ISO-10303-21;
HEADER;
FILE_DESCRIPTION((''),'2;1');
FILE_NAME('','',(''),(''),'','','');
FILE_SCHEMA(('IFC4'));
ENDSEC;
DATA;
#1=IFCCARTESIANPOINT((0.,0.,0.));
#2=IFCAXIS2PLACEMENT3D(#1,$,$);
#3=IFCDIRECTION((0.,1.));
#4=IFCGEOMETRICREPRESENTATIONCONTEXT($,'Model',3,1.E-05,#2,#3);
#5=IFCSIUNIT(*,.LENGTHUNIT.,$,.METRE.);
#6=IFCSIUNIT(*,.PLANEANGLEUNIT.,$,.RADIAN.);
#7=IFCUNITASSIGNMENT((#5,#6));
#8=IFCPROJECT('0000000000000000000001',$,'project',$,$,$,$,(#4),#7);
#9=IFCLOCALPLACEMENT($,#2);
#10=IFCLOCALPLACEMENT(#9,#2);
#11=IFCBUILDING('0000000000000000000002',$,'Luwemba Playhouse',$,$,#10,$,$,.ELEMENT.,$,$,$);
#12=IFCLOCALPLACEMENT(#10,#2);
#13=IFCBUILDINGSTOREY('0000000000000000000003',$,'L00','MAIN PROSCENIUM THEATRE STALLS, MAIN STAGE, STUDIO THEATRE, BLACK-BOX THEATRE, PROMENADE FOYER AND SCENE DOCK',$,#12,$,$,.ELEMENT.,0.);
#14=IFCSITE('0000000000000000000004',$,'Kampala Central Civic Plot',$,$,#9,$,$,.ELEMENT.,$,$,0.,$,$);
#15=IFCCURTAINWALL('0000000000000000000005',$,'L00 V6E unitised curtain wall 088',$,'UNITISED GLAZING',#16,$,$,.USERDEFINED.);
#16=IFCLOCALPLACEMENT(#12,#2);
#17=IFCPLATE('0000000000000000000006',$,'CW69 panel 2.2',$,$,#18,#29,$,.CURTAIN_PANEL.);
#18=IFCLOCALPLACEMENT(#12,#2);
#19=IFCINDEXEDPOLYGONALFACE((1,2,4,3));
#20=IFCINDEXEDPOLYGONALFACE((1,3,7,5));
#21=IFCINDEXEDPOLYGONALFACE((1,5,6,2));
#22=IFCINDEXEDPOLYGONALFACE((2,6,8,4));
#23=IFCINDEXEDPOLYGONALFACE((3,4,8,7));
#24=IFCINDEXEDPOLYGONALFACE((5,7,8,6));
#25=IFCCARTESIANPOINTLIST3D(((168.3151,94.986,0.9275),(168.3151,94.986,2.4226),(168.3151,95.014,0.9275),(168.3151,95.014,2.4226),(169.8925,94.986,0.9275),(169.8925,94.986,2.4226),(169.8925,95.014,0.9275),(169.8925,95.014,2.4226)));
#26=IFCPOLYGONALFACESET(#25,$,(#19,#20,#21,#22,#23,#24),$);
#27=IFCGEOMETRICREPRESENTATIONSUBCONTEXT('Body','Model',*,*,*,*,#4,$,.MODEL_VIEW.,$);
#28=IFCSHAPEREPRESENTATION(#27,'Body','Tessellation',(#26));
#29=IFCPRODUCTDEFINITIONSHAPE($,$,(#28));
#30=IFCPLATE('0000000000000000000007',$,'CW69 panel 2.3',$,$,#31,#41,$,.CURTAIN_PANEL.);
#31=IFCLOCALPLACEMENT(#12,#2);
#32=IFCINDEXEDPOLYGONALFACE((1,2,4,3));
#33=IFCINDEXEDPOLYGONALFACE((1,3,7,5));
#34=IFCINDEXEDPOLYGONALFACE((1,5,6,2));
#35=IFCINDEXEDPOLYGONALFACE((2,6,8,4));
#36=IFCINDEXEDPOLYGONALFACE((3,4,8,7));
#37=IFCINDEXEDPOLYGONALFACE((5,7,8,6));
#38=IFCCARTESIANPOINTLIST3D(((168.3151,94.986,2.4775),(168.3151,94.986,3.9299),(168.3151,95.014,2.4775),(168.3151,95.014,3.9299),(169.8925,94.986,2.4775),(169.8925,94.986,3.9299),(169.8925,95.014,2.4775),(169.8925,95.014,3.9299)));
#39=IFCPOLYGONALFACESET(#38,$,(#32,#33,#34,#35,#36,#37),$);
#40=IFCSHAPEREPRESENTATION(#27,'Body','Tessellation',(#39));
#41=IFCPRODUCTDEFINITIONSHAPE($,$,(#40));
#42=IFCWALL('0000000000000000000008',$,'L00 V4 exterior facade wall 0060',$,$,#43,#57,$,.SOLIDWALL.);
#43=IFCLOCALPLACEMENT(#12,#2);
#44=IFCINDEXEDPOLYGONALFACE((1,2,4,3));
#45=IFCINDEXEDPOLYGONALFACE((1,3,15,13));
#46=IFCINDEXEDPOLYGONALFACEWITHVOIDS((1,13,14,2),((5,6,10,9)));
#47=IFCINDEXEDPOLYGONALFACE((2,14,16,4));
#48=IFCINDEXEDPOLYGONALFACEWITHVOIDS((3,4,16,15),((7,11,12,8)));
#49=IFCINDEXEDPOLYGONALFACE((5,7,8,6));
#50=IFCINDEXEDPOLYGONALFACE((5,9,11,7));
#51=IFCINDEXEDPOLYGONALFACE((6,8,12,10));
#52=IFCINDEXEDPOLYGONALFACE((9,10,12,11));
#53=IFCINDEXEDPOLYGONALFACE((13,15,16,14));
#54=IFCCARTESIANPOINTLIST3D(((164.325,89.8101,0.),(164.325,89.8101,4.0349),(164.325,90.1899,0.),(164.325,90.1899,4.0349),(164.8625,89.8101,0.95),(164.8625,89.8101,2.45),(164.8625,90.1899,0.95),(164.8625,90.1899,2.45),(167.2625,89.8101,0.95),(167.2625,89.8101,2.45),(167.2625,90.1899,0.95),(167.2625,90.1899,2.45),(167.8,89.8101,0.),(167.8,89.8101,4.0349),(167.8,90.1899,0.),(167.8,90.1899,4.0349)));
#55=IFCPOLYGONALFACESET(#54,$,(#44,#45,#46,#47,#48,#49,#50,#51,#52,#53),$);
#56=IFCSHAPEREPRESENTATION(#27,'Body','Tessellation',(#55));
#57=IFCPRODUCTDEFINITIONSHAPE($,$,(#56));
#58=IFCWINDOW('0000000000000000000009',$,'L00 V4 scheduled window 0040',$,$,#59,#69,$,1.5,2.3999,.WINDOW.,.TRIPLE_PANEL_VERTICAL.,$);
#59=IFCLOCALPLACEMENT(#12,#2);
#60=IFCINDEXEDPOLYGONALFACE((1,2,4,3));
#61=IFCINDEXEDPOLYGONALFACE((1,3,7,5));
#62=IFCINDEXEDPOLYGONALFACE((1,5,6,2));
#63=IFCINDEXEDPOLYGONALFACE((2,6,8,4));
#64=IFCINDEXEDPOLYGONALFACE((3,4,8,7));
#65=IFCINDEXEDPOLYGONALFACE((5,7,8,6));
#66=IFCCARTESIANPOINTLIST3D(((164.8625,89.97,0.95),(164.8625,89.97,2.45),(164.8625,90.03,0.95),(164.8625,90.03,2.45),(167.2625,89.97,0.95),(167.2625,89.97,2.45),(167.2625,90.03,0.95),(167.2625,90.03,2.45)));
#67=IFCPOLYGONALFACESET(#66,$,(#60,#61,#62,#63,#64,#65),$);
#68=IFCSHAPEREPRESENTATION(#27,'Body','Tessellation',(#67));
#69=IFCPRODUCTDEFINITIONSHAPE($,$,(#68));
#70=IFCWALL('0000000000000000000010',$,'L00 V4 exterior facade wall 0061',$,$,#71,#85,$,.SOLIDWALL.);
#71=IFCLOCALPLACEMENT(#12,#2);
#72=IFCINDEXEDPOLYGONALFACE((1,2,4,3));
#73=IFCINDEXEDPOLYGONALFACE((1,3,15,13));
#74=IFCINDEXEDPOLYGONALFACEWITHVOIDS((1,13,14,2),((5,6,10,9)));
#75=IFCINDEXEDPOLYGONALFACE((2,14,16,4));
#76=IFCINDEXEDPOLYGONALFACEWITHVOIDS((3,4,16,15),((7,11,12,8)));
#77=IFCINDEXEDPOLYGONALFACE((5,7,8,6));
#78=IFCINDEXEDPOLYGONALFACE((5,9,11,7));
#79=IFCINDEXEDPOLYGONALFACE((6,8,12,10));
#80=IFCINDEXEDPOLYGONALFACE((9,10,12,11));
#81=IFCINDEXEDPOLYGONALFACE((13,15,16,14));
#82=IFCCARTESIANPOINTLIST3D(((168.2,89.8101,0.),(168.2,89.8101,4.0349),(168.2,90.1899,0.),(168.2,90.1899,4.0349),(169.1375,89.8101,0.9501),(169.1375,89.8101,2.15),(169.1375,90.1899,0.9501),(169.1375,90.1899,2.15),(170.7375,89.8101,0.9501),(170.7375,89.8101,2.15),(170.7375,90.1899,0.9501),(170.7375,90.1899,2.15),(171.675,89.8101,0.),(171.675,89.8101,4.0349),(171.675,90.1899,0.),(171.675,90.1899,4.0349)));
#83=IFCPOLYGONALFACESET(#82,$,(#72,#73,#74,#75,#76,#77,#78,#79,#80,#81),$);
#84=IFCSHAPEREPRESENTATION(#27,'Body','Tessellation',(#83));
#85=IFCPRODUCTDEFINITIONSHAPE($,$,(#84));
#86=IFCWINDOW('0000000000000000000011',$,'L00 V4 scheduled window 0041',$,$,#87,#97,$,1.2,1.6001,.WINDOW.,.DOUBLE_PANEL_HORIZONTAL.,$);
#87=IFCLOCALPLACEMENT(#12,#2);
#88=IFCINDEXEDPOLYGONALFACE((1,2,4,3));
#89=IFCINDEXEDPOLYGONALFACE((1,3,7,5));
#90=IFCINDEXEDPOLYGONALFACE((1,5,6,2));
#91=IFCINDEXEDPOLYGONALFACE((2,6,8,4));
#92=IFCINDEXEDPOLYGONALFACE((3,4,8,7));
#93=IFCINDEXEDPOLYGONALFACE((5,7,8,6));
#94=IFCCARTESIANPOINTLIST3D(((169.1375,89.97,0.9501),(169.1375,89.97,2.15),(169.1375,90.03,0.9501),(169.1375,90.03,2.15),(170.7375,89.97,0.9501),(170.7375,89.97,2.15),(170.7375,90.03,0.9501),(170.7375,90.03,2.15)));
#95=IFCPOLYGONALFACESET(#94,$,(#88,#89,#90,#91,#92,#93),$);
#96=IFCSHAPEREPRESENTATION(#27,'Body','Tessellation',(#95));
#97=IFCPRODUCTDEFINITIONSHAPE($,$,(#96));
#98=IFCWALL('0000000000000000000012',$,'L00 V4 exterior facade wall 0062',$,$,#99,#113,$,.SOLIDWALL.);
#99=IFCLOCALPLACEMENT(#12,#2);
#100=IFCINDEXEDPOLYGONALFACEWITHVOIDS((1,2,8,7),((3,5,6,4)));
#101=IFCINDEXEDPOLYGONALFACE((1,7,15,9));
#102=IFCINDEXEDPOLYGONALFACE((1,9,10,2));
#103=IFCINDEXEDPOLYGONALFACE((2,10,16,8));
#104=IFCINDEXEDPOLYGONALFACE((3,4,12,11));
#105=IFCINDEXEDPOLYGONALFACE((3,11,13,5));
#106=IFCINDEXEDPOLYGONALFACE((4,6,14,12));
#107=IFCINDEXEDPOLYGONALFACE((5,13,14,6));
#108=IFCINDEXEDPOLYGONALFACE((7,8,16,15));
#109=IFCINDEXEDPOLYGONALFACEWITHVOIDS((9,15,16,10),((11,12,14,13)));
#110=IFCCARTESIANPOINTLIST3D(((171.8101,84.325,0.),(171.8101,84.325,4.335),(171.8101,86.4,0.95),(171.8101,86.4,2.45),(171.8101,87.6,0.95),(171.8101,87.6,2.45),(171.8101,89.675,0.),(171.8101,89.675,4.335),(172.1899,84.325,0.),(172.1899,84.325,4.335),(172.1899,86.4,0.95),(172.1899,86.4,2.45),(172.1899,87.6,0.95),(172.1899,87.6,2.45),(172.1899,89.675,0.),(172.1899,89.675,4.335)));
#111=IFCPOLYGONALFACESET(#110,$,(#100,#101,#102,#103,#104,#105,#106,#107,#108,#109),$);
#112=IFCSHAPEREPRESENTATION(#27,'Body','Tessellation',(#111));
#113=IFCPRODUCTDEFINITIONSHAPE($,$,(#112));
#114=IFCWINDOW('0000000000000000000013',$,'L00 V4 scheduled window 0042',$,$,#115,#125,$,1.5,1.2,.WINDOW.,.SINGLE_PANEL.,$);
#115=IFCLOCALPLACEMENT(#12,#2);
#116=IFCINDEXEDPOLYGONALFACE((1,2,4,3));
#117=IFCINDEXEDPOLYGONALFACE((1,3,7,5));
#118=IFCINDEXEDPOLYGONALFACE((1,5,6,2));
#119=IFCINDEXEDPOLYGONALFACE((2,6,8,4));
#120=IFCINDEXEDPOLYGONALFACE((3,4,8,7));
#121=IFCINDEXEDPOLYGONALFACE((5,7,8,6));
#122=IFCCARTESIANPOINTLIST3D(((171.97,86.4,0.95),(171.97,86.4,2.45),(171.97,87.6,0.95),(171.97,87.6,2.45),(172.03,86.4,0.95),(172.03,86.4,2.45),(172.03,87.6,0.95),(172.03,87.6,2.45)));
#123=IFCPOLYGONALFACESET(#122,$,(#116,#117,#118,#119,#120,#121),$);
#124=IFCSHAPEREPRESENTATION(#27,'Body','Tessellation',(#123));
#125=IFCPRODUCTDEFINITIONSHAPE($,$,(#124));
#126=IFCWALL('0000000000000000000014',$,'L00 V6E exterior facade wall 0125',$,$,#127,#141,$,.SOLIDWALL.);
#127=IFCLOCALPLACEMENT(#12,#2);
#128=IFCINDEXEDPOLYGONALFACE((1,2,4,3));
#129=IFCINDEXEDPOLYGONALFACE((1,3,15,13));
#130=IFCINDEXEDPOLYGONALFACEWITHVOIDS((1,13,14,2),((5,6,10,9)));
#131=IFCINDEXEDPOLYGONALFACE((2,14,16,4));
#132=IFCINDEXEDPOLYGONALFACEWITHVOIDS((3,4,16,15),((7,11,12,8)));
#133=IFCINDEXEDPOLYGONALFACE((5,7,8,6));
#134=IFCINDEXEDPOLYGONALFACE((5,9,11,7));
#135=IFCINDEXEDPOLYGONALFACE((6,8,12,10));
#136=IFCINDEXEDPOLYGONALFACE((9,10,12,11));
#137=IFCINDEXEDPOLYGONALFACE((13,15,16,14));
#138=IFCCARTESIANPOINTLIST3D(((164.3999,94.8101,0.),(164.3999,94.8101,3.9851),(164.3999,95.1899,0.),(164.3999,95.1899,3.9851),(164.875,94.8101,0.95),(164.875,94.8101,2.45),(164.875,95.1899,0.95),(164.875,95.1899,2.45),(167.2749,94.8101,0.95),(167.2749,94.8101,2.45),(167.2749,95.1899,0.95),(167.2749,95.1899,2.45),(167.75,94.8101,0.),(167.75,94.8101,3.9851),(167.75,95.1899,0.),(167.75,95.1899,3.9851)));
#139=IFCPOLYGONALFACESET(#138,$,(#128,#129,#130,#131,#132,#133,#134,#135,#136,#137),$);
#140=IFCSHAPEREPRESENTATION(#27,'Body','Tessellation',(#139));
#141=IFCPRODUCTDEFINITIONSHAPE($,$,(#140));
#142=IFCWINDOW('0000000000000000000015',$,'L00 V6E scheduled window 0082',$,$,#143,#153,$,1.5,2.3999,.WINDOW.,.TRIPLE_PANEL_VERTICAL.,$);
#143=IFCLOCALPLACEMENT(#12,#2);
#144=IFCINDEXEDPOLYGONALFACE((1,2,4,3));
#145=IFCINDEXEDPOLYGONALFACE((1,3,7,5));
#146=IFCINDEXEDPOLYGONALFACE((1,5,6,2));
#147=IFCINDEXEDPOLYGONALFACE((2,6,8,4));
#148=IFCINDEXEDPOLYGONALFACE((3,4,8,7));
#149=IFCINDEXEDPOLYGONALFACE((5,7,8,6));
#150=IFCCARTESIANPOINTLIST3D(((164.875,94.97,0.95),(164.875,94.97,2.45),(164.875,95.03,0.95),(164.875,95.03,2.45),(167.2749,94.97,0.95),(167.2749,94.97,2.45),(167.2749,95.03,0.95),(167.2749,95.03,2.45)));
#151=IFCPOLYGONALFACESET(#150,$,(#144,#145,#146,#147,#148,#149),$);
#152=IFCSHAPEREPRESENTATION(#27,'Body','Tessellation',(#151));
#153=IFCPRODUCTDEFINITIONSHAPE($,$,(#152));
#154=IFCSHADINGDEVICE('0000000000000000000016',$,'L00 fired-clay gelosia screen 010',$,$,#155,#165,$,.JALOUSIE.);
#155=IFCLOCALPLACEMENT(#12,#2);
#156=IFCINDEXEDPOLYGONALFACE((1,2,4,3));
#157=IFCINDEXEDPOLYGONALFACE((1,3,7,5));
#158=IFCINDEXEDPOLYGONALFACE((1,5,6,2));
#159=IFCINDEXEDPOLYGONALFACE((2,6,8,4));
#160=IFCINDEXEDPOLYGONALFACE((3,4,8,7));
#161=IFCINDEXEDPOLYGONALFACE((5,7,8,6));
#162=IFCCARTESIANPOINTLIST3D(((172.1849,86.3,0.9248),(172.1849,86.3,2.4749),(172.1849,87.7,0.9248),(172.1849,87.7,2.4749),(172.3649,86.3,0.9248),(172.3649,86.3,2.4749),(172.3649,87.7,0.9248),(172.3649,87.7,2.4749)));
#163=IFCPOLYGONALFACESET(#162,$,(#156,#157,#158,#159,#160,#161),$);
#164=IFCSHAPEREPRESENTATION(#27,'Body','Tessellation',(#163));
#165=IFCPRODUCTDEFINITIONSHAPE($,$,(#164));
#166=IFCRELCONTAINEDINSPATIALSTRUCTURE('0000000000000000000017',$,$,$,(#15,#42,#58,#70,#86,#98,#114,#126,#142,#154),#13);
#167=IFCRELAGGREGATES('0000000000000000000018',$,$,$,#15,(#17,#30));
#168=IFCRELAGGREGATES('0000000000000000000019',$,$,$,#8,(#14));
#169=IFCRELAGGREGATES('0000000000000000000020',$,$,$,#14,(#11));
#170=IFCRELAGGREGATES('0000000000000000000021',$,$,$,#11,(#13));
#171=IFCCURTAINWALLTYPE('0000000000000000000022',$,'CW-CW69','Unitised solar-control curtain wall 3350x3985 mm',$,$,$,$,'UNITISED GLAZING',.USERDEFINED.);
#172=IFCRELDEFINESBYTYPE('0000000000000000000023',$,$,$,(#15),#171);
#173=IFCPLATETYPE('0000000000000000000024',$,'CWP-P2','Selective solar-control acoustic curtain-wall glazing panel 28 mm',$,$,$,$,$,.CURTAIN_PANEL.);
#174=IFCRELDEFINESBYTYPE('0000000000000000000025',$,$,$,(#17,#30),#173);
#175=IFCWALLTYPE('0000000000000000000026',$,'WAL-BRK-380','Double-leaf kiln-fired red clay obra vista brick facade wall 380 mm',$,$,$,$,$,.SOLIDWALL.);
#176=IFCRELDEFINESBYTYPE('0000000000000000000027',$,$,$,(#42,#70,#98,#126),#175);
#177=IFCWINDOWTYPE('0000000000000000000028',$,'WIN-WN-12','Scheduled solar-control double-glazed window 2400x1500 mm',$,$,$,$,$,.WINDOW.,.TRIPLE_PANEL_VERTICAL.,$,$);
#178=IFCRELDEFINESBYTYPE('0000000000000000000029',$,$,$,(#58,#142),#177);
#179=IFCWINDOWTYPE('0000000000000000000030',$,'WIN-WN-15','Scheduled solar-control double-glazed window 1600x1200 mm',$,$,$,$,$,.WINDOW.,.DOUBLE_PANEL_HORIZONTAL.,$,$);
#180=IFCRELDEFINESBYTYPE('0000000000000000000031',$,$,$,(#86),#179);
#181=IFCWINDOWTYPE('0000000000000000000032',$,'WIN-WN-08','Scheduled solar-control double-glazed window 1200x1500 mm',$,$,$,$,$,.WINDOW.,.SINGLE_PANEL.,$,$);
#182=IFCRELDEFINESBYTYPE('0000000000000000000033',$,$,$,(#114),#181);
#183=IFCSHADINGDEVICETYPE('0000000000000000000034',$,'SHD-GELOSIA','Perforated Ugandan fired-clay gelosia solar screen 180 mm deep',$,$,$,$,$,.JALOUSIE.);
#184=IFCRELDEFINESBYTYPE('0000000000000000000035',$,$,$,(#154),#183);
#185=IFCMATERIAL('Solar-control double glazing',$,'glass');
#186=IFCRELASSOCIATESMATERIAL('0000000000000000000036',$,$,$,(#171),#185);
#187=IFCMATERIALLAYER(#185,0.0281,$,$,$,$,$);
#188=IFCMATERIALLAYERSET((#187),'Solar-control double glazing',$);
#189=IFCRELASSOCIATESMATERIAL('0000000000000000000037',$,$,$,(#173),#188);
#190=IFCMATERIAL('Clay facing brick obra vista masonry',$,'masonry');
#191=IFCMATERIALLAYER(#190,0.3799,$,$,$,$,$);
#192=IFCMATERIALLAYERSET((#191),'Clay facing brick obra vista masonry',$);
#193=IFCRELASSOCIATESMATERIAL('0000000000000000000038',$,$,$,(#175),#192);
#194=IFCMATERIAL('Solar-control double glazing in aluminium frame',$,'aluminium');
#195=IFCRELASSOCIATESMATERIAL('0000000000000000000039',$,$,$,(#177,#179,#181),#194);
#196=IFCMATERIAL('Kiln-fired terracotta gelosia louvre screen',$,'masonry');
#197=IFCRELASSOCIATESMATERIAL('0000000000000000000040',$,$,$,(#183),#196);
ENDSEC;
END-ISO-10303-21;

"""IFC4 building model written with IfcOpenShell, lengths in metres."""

from ifc_helpers import new_model, si_unit, direction, frame, frame_2d, origin, origin_2d, place, context, subcontext, project, spatial, rectangle, extrude, material, layer, layer_set, type_object, element, fill, aggregate, save


model = new_model("IFC4")

# Units and contexts
model_context = context("Model", 3, precision=1e-05, world=origin(), true_north=direction((0.0, 1.0)))
body_context = subcontext(model_context, "Body", "Model", "MODEL_VIEW")
ifc_project = project(units=[si_unit("LENGTHUNIT", "METRE"), si_unit("PLANEANGLEUNIT", "RADIAN")], contexts=[model_context])

# Site, building, storey
site_placement = place(None, origin())
site = spatial("IfcSite", under=ifc_project, at=site_placement, Name="Kampala Central Civic Plot", CompositionType="ELEMENT", RefElevation=0.0)
building_placement = place(site_placement, origin())
building = spatial("IfcBuilding", under=site, at=building_placement, Name="Luwemba Playhouse", CompositionType="ELEMENT")
storey_placement = place(building_placement, origin())
storey = spatial("IfcBuildingStorey", under=building, at=storey_placement, Name="L00", Description="MAIN PROSCENIUM THEATRE STALLS, MAIN STAGE, STUDIO THEATRE, BLACK-BOX THEATRE, PROMENADE FOYER AND SCENE DOCK", CompositionType="ELEMENT", Elevation=0.0)

# Curtain wall, plates
ifc_material_1 = material(Name="Solar-control double glazing", Category="glass")
curtain_wall_type = type_object("IfcCurtainWallType", Name="CW-CW69", Description="Unitised solar-control curtain wall 3350x3985 mm", ElementType="UNITISED GLAZING", PredefinedType="USERDEFINED", material=ifc_material_1)
curtain_wall_placement = place(storey_placement, origin())
curtain_wall = element("IfcCurtainWall", 1, at=curtain_wall_placement, inside=storey, type_object=curtain_wall_type, Name="L00 V6E unitised curtain wall 088", ObjectType="UNITISED GLAZING", PredefinedType="USERDEFINED")
ifc_layer_1 = layer(ifc_material_1, 0.0281)
ifc_layer_set_1 = layer_set([ifc_layer_1], Name="Solar-control double glazing")
plate_type = type_object("IfcPlateType", Name="CWP-P2", Description="Selective solar-control acoustic curtain-wall glazing panel 28 mm", PredefinedType="CURTAIN_PANEL", material=ifc_layer_set_1)
plate_1_placement = place(storey_placement, frame((169.1038, 95.0, 0.9275), z_axis=(0.0, 0.0, 1.0), x_axis=(-1.0, 0.0, 0.0)))
plate_1 = element("IfcPlate", 2, at=plate_1_placement, type_object=plate_type, Name="CW69 panel 2.2", PredefinedType="CURTAIN_PANEL", context=body_context, shape_type="SweptSolid", body=[
    extrude(rectangle(XDim=1.5774, YDim=0.0281, at=origin_2d()), origin(), (0.0, 0.0, 1.0), 1.4951),
])
plate_2_placement = place(storey_placement, frame((169.1038, 95.0, 2.4775), z_axis=(0.0, 0.0, 1.0), x_axis=(-1.0, 0.0, 0.0)))
plate_2 = element("IfcPlate", 3, at=plate_2_placement, type_object=plate_type, Name="CW69 panel 2.3", PredefinedType="CURTAIN_PANEL", context=body_context, shape_type="SweptSolid", body=[
    extrude(rectangle(XDim=1.5774, YDim=0.0281, at=origin_2d()), origin(), (0.0, 0.0, 1.0), 1.4524),
])
aggregate(curtain_wall, [plate_1, plate_2])

# Walls, openings, windows
ifc_material_2 = material(Name="Clay facing brick obra vista masonry", Category="masonry")
ifc_layer_2 = layer(ifc_material_2, 0.3799)
ifc_layer_set_2 = layer_set([ifc_layer_2], Name="Clay facing brick obra vista masonry")
wall_type = type_object("IfcWallType", Name="WAL-BRK-380", Description="Double-leaf kiln-fired red clay obra vista brick facade wall 380 mm", PredefinedType="SOLIDWALL", material=ifc_layer_set_2)
wall_1_placement = place(storey_placement, frame((164.325, 90.0, 0.0), z_axis=(0.0, 0.0, 1.0), x_axis=(1.0, 0.0, 0.0)))
wall_1 = element("IfcWall", 4, at=wall_1_placement, inside=storey, type_object=wall_type, Name="L00 V4 exterior facade wall 0060", PredefinedType="SOLIDWALL", context=body_context, shape_type="SweptSolid", body=[
    extrude(rectangle(XDim=3.4751, YDim=0.3799, at=frame_2d((1.7375, 0.0))), origin(), (0.0, 0.0, 1.0), 4.0349),
])
opening_1_placement = place(wall_1_placement, frame((0.5376, 0.0, 0.95)))
opening_1 = element("IfcOpeningElement", 5, at=opening_1_placement, cuts=wall_1, PredefinedType="OPENING", context=body_context, shape_type="SweptSolid", body=[
    extrude(rectangle(XDim=2.3999, YDim=1.5, at=frame_2d((1.2, 0.75))), frame((0.0, 0.2, 0.0), z_axis=(0.0, -1.0, 0.0), x_axis=(1.0, 0.0, 0.0)), (0.0, 0.0, 1.0), 0.3999),
])
ifc_material_3 = material(Name="Solar-control double glazing in aluminium frame", Category="aluminium")
window_type_1 = type_object("IfcWindowType", Name="WIN-WN-12", Description="Scheduled solar-control double-glazed window 2400x1500 mm", PartitioningType="TRIPLE_PANEL_VERTICAL", PredefinedType="WINDOW", material=ifc_material_3)
window_1_placement = place(opening_1_placement, origin())
window_1 = element("IfcWindow", 6, at=window_1_placement, inside=storey, type_object=window_type_1, Name="L00 V4 scheduled window 0040", OverallHeight=1.5, OverallWidth=2.3999, PartitioningType="TRIPLE_PANEL_VERTICAL", PredefinedType="WINDOW", context=body_context, shape_type="SweptSolid", body=[
    extrude(rectangle(XDim=2.3999, YDim=1.5, at=frame_2d((1.2, 0.75))), frame((0.0, 0.03, 0.0), z_axis=(0.0, -1.0, 0.0), x_axis=(1.0, 0.0, 0.0)), (0.0, 0.0, 1.0), 0.0601),
])
fill(opening_1, window_1)
wall_2_placement = place(storey_placement, frame((168.2, 90.0, 0.0), z_axis=(0.0, 0.0, 1.0), x_axis=(1.0, 0.0, 0.0)))
wall_2 = element("IfcWall", 7, at=wall_2_placement, inside=storey, type_object=wall_type, Name="L00 V4 exterior facade wall 0061", PredefinedType="SOLIDWALL", context=body_context, shape_type="SweptSolid", body=[
    extrude(rectangle(XDim=3.4751, YDim=0.3799, at=frame_2d((1.7375, 0.0))), origin(), (0.0, 0.0, 1.0), 4.0349),
])
opening_2_placement = place(wall_2_placement, frame((0.9375, 0.0, 0.95)))
opening_2 = element("IfcOpeningElement", 8, at=opening_2_placement, cuts=wall_2, PredefinedType="OPENING", context=body_context, shape_type="SweptSolid", body=[
    extrude(rectangle(XDim=1.6001, YDim=1.2, at=frame_2d((0.8, 0.6001))), frame((0.0, 0.2, 0.0), z_axis=(0.0, -1.0, 0.0), x_axis=(1.0, 0.0, 0.0)), (0.0, 0.0, 1.0), 0.3999),
])
window_type_2 = type_object("IfcWindowType", Name="WIN-WN-15", Description="Scheduled solar-control double-glazed window 1600x1200 mm", PartitioningType="DOUBLE_PANEL_HORIZONTAL", PredefinedType="WINDOW", material=ifc_material_3)
window_2_placement = place(opening_2_placement, origin())
window_2 = element("IfcWindow", 9, at=window_2_placement, inside=storey, type_object=window_type_2, Name="L00 V4 scheduled window 0041", OverallHeight=1.2, OverallWidth=1.6001, PartitioningType="DOUBLE_PANEL_HORIZONTAL", PredefinedType="WINDOW", context=body_context, shape_type="SweptSolid", body=[
    extrude(rectangle(XDim=1.6001, YDim=1.2, at=frame_2d((0.8, 0.6001))), frame((0.0, 0.03, 0.0), z_axis=(0.0, -1.0, 0.0), x_axis=(1.0, 0.0, 0.0)), (0.0, 0.0, 1.0), 0.0601),
])
fill(opening_2, window_2)
wall_3_placement = place(storey_placement, frame((172.0, 89.675, 0.0), z_axis=(0.0, 0.0, 1.0), x_axis=(0.0, -1.0, 0.0)))
wall_3 = element("IfcWall", 10, at=wall_3_placement, inside=storey, type_object=wall_type, Name="L00 V4 exterior facade wall 0062", PredefinedType="SOLIDWALL", context=body_context, shape_type="SweptSolid", body=[
    extrude(rectangle(XDim=5.3501, YDim=0.3799, at=frame_2d((2.675, 0.0))), origin(), (0.0, 0.0, 1.0), 4.335),
])
opening_3_placement = place(wall_3_placement, frame((2.075, 0.0, 0.95)))
opening_3 = element("IfcOpeningElement", 11, at=opening_3_placement, cuts=wall_3, PredefinedType="OPENING", context=body_context, shape_type="SweptSolid", body=[
    extrude(rectangle(XDim=1.2, YDim=1.5, at=frame_2d((0.6001, 0.75))), frame((0.0, 0.2, 0.0), z_axis=(0.0, -1.0, 0.0), x_axis=(1.0, 0.0, 0.0)), (0.0, 0.0, 1.0), 0.3999),
])
window_type_3 = type_object("IfcWindowType", Name="WIN-WN-08", Description="Scheduled solar-control double-glazed window 1200x1500 mm", PartitioningType="SINGLE_PANEL", PredefinedType="WINDOW", material=ifc_material_3)
window_3_placement = place(opening_3_placement, origin())
window_3 = element("IfcWindow", 12, at=window_3_placement, inside=storey, type_object=window_type_3, Name="L00 V4 scheduled window 0042", OverallHeight=1.5, OverallWidth=1.2, PartitioningType="SINGLE_PANEL", PredefinedType="WINDOW", context=body_context, shape_type="SweptSolid", body=[
    extrude(rectangle(XDim=1.2, YDim=1.5, at=frame_2d((0.6001, 0.75))), frame((0.0, 0.03, 0.0), z_axis=(0.0, -1.0, 0.0), x_axis=(1.0, 0.0, 0.0)), (0.0, 0.0, 1.0), 0.0601),
])
fill(opening_3, window_3)
wall_4_placement = place(storey_placement, frame((167.75, 95.0, 0.0), z_axis=(0.0, 0.0, 1.0), x_axis=(-1.0, 0.0, 0.0)))
wall_4 = element("IfcWall", 13, at=wall_4_placement, inside=storey, type_object=wall_type, Name="L00 V6E exterior facade wall 0125", PredefinedType="SOLIDWALL", context=body_context, shape_type="SweptSolid", body=[
    extrude(rectangle(XDim=3.3501, YDim=0.3799, at=frame_2d((1.675, 0.0))), origin(), (0.0, 0.0, 1.0), 3.9851),
])
opening_4_placement = place(wall_4_placement, frame((0.4751, 0.0, 0.95)))
opening_4 = element("IfcOpeningElement", 14, at=opening_4_placement, cuts=wall_4, PredefinedType="OPENING", context=body_context, shape_type="SweptSolid", body=[
    extrude(rectangle(XDim=2.3999, YDim=1.5, at=frame_2d((1.2, 0.75))), frame((0.0, 0.2, 0.0), z_axis=(0.0, -1.0, 0.0), x_axis=(1.0, 0.0, 0.0)), (0.0, 0.0, 1.0), 0.3999),
])
window_4_placement = place(opening_4_placement, origin())
window_4 = element("IfcWindow", 15, at=window_4_placement, inside=storey, type_object=window_type_1, Name="L00 V6E scheduled window 0082", OverallHeight=1.5, OverallWidth=2.3999, PartitioningType="TRIPLE_PANEL_VERTICAL", PredefinedType="WINDOW", context=body_context, shape_type="SweptSolid", body=[
    extrude(rectangle(XDim=2.3999, YDim=1.5, at=frame_2d((1.2, 0.75))), frame((0.0, 0.03, 0.0), z_axis=(0.0, -1.0, 0.0), x_axis=(1.0, 0.0, 0.0)), (0.0, 0.0, 1.0), 0.0601),
])
fill(opening_4, window_4)

# Shading device
ifc_material_4 = material(Name="Kiln-fired terracotta gelosia louvre screen", Category="masonry")
shading_device_type = type_object("IfcShadingDeviceType", Name="SHD-GELOSIA", Description="Perforated Ugandan fired-clay gelosia solar screen 180 mm deep", PredefinedType="JALOUSIE", material=ifc_material_4)
shading_device_placement = place(storey_placement, frame((172.2749, 87.0, 0.9248), z_axis=(0.0, 0.0, 1.0), x_axis=(0.0, -1.0, 0.0)))
element("IfcShadingDevice", 16, at=shading_device_placement, inside=storey, type_object=shading_device_type, Name="L00 fired-clay gelosia screen 010", PredefinedType="JALOUSIE", context=body_context, shape_type="SweptSolid", body=[
    extrude(rectangle(XDim=1.3999, YDim=0.1799, at=origin_2d()), origin(), (0.0, 0.0, 1.0), 1.55),
])

save(model, "model.ifc")
